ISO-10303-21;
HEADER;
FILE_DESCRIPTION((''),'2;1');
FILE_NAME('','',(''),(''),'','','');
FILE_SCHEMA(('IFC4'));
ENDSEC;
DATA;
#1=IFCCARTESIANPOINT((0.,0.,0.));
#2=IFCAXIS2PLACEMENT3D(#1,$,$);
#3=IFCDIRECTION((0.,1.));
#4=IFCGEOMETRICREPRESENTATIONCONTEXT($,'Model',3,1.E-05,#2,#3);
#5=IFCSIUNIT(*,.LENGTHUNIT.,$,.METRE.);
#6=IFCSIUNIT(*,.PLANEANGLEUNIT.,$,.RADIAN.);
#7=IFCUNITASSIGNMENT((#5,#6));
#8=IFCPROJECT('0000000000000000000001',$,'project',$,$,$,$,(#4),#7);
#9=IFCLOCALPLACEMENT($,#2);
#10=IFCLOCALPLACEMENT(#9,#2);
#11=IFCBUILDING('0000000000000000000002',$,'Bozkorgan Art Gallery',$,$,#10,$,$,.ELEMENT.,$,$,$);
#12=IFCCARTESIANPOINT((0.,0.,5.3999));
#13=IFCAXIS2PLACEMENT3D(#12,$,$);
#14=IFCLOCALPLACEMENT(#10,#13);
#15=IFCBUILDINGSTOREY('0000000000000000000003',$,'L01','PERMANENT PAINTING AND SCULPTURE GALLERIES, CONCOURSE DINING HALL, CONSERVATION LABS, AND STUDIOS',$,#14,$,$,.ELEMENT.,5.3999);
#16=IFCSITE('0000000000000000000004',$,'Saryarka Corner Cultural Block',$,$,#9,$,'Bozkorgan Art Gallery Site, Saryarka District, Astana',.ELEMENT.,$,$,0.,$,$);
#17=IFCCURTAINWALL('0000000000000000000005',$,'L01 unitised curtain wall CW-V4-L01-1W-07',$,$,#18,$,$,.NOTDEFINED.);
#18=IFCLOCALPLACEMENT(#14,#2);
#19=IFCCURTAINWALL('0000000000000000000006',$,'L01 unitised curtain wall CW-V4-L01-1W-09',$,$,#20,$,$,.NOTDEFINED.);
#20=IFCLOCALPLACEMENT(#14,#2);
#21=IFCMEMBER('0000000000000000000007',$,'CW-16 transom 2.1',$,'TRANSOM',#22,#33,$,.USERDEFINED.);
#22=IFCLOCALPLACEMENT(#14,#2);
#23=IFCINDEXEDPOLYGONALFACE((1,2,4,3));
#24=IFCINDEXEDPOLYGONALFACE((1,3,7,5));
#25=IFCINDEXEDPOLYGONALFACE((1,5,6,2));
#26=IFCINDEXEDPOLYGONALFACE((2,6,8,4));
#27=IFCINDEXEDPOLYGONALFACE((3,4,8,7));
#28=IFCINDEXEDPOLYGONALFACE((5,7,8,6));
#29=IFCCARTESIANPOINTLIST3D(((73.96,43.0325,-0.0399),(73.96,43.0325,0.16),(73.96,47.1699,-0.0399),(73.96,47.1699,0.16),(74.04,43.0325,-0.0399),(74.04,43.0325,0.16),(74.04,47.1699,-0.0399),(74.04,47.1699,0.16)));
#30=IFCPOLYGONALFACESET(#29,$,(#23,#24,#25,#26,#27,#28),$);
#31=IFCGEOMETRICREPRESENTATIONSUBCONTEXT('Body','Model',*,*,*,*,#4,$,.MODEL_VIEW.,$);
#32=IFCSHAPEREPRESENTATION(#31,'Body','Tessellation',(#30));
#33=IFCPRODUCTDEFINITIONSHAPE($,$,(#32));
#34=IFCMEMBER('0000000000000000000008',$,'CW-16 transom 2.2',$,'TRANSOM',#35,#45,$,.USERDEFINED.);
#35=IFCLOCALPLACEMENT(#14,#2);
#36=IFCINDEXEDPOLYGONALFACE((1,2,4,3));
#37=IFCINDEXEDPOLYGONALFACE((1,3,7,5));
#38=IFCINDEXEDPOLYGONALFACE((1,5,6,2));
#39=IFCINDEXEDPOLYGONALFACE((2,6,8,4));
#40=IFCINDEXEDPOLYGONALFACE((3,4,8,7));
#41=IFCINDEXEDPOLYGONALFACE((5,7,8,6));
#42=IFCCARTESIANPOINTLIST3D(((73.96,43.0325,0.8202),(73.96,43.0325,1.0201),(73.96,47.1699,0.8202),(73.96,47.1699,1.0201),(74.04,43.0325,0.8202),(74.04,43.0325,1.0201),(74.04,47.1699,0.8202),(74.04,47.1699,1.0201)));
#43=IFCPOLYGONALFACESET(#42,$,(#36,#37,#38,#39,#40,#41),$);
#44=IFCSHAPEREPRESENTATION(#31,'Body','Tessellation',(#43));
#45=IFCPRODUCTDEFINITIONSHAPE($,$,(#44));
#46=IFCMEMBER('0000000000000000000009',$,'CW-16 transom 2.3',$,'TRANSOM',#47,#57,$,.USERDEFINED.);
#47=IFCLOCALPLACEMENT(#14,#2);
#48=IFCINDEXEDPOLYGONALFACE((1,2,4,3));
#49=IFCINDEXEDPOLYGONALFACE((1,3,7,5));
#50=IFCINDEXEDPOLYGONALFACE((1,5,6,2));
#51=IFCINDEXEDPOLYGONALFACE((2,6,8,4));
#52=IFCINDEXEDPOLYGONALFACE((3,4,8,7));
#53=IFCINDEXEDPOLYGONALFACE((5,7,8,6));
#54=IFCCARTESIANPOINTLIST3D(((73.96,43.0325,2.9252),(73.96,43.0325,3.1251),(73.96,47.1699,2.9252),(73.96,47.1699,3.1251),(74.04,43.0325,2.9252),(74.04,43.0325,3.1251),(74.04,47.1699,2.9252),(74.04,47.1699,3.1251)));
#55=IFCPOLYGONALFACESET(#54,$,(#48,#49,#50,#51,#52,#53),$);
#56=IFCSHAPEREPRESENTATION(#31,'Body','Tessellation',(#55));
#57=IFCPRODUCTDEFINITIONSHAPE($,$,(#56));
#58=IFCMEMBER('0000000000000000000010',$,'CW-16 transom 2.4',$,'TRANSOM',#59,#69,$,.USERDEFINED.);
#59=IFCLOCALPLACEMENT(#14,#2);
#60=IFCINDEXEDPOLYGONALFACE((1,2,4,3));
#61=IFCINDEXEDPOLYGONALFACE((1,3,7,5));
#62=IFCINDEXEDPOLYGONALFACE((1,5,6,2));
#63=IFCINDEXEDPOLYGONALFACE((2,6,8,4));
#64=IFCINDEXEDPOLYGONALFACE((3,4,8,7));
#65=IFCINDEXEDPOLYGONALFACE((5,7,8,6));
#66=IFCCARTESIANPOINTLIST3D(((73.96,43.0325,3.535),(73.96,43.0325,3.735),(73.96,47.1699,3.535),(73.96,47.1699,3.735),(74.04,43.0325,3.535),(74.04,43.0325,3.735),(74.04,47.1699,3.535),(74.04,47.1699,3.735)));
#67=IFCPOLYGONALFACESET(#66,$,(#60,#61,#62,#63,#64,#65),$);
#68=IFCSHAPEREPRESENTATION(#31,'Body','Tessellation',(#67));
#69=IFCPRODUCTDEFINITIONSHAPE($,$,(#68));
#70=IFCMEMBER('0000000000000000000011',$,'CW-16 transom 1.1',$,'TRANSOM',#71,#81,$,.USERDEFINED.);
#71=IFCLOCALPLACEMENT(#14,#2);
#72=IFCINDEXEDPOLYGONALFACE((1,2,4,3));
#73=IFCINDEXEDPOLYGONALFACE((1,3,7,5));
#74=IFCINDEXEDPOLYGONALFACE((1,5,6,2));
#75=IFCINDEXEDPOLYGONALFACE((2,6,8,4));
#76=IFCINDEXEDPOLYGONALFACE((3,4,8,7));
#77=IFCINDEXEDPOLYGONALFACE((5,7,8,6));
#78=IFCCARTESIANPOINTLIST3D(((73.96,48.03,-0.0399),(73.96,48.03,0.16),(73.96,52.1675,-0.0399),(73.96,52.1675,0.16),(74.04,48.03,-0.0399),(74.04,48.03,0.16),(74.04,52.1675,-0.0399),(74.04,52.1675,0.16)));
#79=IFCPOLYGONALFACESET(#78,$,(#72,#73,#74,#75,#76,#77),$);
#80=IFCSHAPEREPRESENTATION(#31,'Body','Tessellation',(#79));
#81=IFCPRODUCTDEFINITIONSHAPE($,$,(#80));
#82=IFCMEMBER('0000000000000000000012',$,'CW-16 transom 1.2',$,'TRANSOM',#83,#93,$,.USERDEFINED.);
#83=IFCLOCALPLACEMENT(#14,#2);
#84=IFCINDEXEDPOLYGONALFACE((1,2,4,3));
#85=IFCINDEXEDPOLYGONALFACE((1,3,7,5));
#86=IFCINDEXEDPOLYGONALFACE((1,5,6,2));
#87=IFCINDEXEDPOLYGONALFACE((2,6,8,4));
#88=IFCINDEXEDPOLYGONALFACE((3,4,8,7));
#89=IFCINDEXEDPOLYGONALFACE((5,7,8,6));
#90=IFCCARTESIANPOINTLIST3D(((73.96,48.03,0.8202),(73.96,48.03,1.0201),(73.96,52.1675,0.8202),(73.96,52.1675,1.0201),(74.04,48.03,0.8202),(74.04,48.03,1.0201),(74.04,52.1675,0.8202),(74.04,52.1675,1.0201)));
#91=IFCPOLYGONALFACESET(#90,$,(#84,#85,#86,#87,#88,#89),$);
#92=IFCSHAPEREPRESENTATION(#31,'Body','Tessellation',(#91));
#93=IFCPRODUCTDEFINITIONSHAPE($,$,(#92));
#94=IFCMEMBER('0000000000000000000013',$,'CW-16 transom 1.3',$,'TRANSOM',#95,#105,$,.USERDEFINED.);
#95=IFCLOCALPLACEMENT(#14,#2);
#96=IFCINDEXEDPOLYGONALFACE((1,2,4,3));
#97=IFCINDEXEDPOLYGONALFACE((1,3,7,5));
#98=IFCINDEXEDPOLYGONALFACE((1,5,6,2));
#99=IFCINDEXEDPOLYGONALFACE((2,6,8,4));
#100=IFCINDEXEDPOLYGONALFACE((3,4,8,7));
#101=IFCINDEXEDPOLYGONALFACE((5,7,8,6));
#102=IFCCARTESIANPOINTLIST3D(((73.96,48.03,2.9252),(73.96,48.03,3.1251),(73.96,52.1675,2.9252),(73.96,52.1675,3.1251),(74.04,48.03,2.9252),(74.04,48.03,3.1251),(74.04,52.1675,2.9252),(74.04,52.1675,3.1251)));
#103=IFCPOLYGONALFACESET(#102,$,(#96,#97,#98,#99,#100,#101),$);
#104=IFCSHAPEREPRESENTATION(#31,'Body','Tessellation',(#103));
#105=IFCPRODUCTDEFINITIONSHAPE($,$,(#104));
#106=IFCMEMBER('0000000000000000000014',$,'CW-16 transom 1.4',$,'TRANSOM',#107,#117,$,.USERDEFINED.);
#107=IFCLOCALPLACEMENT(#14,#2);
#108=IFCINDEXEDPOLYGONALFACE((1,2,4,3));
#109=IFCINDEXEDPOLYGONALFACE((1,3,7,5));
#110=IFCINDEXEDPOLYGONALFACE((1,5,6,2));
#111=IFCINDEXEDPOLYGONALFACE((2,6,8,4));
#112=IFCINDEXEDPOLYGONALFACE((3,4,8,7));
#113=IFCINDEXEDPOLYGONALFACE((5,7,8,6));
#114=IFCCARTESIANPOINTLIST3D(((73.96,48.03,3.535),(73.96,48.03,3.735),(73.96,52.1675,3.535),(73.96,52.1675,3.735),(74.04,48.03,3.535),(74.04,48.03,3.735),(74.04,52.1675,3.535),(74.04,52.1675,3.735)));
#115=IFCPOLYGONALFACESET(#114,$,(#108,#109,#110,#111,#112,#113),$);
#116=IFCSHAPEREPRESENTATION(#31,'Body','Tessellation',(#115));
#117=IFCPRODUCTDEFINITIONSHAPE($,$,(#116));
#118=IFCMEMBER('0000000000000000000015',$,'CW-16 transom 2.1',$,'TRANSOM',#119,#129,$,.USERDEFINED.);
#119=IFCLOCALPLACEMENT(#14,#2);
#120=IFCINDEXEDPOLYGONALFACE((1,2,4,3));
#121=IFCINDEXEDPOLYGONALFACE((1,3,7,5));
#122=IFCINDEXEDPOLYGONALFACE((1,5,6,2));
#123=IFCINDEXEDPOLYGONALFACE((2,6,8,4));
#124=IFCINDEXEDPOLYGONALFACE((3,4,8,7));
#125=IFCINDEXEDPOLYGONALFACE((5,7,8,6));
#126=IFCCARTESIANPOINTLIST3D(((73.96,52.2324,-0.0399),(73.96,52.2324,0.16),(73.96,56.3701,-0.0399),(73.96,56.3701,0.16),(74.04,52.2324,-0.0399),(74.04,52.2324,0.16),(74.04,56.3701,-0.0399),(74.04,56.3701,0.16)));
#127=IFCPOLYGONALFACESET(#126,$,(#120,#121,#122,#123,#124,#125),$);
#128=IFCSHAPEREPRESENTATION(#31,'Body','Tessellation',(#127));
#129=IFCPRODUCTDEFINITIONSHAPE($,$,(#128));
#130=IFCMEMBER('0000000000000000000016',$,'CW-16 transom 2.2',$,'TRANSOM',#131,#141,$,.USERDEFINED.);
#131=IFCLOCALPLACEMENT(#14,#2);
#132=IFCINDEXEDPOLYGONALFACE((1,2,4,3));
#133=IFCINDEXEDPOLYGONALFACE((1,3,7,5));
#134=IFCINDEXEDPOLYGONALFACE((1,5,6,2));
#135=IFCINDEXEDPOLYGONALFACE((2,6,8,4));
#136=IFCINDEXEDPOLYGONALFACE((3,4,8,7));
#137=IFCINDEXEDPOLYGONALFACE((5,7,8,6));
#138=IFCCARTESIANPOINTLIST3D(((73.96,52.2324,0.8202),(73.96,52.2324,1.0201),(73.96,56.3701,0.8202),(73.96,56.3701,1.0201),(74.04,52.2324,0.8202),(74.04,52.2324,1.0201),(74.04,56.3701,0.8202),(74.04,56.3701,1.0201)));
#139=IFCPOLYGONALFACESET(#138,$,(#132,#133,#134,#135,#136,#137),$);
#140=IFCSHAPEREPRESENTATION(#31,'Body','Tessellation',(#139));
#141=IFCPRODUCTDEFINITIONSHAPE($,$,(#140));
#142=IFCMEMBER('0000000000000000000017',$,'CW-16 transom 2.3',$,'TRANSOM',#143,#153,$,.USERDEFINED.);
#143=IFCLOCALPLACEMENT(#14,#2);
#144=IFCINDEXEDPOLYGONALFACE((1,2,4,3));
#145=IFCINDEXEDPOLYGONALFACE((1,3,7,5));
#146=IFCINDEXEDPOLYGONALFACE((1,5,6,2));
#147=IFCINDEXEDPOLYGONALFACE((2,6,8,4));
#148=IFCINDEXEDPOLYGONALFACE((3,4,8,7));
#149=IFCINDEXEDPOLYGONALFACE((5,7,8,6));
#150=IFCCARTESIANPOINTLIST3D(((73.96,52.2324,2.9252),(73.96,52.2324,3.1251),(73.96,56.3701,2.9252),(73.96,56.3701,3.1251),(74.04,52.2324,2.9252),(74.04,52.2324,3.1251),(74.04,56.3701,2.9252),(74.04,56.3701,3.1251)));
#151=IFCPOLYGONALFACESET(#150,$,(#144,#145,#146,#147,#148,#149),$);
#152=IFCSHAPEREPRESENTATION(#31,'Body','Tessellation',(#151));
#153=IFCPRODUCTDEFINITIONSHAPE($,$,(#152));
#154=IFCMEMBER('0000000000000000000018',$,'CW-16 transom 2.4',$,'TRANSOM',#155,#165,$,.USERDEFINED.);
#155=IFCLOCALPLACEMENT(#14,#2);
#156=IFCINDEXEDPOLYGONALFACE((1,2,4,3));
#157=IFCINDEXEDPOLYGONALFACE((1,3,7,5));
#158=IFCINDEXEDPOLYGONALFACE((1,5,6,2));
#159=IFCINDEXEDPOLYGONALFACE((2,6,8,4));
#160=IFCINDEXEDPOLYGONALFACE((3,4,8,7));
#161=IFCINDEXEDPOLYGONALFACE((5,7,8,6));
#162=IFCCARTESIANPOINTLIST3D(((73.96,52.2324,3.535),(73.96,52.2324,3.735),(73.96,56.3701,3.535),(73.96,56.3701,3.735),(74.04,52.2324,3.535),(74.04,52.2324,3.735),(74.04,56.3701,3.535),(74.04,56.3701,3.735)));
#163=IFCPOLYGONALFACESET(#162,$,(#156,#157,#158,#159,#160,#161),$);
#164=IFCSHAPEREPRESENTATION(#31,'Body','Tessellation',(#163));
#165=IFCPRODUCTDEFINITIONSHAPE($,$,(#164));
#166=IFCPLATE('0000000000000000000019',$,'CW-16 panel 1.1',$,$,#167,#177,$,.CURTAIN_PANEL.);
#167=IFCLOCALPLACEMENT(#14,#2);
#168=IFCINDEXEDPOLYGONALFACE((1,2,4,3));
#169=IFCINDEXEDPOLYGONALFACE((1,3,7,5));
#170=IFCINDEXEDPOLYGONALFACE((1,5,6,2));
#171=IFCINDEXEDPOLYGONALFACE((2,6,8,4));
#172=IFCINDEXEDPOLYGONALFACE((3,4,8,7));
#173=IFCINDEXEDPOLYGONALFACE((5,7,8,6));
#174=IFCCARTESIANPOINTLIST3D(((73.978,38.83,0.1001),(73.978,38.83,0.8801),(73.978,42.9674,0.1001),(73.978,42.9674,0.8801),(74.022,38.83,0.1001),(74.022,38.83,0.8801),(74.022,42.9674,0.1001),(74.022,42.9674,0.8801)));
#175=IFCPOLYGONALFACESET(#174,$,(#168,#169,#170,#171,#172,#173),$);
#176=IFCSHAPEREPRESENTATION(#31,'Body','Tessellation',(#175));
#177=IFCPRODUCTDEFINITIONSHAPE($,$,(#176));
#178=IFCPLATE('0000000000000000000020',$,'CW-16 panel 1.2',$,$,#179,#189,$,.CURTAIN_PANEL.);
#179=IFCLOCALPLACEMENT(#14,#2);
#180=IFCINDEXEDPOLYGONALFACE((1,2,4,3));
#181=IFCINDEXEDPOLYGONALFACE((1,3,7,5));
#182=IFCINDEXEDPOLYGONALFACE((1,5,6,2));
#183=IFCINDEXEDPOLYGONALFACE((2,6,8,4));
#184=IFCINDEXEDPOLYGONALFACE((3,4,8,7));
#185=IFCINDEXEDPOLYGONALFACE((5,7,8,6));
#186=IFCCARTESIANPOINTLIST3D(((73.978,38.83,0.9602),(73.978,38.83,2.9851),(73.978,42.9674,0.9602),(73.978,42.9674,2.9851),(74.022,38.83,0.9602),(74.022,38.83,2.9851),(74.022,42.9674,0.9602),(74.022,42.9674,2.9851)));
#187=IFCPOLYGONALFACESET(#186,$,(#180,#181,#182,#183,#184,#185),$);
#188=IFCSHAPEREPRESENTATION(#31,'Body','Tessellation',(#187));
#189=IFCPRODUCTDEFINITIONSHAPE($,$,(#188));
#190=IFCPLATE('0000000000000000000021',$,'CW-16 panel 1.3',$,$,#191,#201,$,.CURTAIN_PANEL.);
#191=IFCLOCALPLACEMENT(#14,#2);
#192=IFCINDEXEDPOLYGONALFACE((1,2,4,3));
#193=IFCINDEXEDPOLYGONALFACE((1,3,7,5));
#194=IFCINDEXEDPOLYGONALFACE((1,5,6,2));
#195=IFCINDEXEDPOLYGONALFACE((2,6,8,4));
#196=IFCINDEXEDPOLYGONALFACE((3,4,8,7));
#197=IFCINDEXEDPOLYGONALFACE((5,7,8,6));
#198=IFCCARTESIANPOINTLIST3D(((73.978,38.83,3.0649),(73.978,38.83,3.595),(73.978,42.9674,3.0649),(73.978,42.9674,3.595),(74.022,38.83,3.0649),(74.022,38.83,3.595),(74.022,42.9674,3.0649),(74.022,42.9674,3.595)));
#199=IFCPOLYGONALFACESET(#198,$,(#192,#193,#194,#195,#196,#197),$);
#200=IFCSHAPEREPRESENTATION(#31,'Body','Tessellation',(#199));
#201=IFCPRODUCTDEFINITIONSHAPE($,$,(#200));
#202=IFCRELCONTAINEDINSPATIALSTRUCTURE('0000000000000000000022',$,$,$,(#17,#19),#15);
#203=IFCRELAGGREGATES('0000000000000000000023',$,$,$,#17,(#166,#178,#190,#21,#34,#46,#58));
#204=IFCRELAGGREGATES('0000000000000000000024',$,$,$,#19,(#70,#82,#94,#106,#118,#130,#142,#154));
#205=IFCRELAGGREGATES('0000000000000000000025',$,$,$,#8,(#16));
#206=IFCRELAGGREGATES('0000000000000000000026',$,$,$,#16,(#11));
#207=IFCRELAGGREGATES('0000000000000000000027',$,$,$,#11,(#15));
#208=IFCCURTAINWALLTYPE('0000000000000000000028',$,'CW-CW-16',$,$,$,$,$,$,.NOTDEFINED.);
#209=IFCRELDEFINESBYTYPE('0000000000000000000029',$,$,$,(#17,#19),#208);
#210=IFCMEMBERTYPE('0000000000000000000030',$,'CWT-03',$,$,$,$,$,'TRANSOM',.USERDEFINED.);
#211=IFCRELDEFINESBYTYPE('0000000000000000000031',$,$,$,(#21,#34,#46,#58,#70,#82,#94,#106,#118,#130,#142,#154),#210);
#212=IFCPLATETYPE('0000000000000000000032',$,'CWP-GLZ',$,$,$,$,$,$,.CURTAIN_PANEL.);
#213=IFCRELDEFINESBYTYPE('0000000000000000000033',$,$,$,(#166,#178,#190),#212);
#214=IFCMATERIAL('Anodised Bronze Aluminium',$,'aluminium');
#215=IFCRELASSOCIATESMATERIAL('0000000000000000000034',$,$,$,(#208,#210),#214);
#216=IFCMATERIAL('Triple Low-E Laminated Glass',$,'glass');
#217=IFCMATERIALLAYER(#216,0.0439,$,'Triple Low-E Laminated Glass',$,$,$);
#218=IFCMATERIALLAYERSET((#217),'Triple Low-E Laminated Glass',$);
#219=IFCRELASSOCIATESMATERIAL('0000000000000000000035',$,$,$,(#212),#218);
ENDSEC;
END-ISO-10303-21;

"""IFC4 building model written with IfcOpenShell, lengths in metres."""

from ifc_helpers import new_model, si_unit, direction, frame, origin, origin_2d, place, context, subcontext, project, spatial, rectangle, extrude, material, layer, layer_set, material_profile, profile_set, type_object, element, aggregate, save


model = new_model("IFC4")

# Units and contexts
model_context = context("Model", 3, precision=1e-05, world=origin(), true_north=direction((0.0, 1.0)))
body_context = subcontext(model_context, "Body", "Model", "MODEL_VIEW")
ifc_project = project(units=[si_unit("LENGTHUNIT", "METRE"), si_unit("PLANEANGLEUNIT", "RADIAN")], contexts=[model_context])

# Site, building, storey
site_placement = place(None, origin())
site = spatial("IfcSite", under=ifc_project, at=site_placement, Name="Saryarka Corner Cultural Block", LongName="Bozkorgan Art Gallery Site, Saryarka District, Astana", CompositionType="ELEMENT", RefElevation=0.0)
building_placement = place(site_placement, origin())
building = spatial("IfcBuilding", under=site, at=building_placement, Name="Bozkorgan Art Gallery", CompositionType="ELEMENT")
storey_placement = place(building_placement, frame((0.0, 0.0, 5.3999)))
storey = spatial("IfcBuildingStorey", under=building, at=storey_placement, Name="L01", Description="PERMANENT PAINTING AND SCULPTURE GALLERIES, CONCOURSE DINING HALL, CONSERVATION LABS, AND STUDIOS", CompositionType="ELEMENT", Elevation=5.3999)

# Curtain walls
ifc_material_1 = material(Name="Anodised Bronze Aluminium", Category="aluminium")
curtain_wall_type = type_object("IfcCurtainWallType", Name="CW-CW-16", PredefinedType="NOTDEFINED", material=ifc_material_1)
curtain_wall_1_placement = place(storey_placement, origin())
curtain_wall_1 = element("IfcCurtainWall", 1, at=curtain_wall_1_placement, inside=storey, type_object=curtain_wall_type, Name="L01 unitised curtain wall CW-V4-L01-1W-07", PredefinedType="NOTDEFINED")
curtain_wall_2_placement = place(storey_placement, origin())
curtain_wall_2 = element("IfcCurtainWall", 2, at=curtain_wall_2_placement, inside=storey, type_object=curtain_wall_type, Name="L01 unitised curtain wall CW-V4-L01-1W-09", PredefinedType="NOTDEFINED")

# Members
ifc_material_profile_1 = material_profile(ifc_material_1, rectangle(XDim=0.0801, YDim=0.2, at=origin_2d()), Name="ALU TRANSOM 80x200")
ifc_profile_set_1 = profile_set([ifc_material_profile_1], Name="Anodised Bronze Aluminium")
member_type_1 = type_object("IfcMemberType", Name="CWT-03", ElementType="TRANSOM", PredefinedType="USERDEFINED", material=ifc_profile_set_1)
member_1_placement = place(storey_placement, frame((74.0, 43.0325, 0.0601), z_axis=(0.0, 1.0, 0.0), x_axis=(-1.0, 0.0, 0.0)))
member_1 = element("IfcMember", 3, at=member_1_placement, type_object=member_type_1, Name="CW-16 transom 2.1", ObjectType="TRANSOM", PredefinedType="USERDEFINED", context=body_context, shape_type="SweptSolid", body=[
    extrude(rectangle(XDim=0.0801, YDim=0.2, at=origin_2d()), origin(), (0.0, 0.0, 1.0), 4.1375),
])
member_2_placement = place(storey_placement, frame((74.0, 43.0325, 0.9202), z_axis=(0.0, 1.0, 0.0), x_axis=(-1.0, 0.0, 0.0)))
member_2 = element("IfcMember", 4, at=member_2_placement, type_object=member_type_1, Name="CW-16 transom 2.2", ObjectType="TRANSOM", PredefinedType="USERDEFINED", context=body_context, shape_type="SweptSolid", body=[
    extrude(rectangle(XDim=0.0801, YDim=0.2, at=origin_2d()), origin(), (0.0, 0.0, 1.0), 4.1375),
])
member_3_placement = place(storey_placement, frame((74.0, 43.0325, 3.0251), z_axis=(0.0, 1.0, 0.0), x_axis=(-1.0, 0.0, 0.0)))
member_3 = element("IfcMember", 5, at=member_3_placement, type_object=member_type_1, Name="CW-16 transom 2.3", ObjectType="TRANSOM", PredefinedType="USERDEFINED", context=body_context, shape_type="SweptSolid", body=[
    extrude(rectangle(XDim=0.0801, YDim=0.2, at=origin_2d()), origin(), (0.0, 0.0, 1.0), 4.1375),
])
member_4_placement = place(storey_placement, frame((74.0, 43.0325, 3.635), z_axis=(0.0, 1.0, 0.0), x_axis=(-1.0, 0.0, 0.0)))
member_4 = element("IfcMember", 6, at=member_4_placement, type_object=member_type_1, Name="CW-16 transom 2.4", ObjectType="TRANSOM", PredefinedType="USERDEFINED", context=body_context, shape_type="SweptSolid", body=[
    extrude(rectangle(XDim=0.0801, YDim=0.2, at=origin_2d()), origin(), (0.0, 0.0, 1.0), 4.1375),
])
member_5_placement = place(storey_placement, frame((74.0, 48.03, 0.0601), z_axis=(0.0, 1.0, 0.0), x_axis=(-1.0, 0.0, 0.0)))
member_5 = element("IfcMember", 7, at=member_5_placement, type_object=member_type_1, Name="CW-16 transom 1.1", ObjectType="TRANSOM", PredefinedType="USERDEFINED", context=body_context, shape_type="SweptSolid", body=[
    extrude(rectangle(XDim=0.0801, YDim=0.2, at=origin_2d()), origin(), (0.0, 0.0, 1.0), 4.1375),
])
member_6_placement = place(storey_placement, frame((74.0, 48.03, 0.9202), z_axis=(0.0, 1.0, 0.0), x_axis=(-1.0, 0.0, 0.0)))
member_6 = element("IfcMember", 8, at=member_6_placement, type_object=member_type_1, Name="CW-16 transom 1.2", ObjectType="TRANSOM", PredefinedType="USERDEFINED", context=body_context, shape_type="SweptSolid", body=[
    extrude(rectangle(XDim=0.0801, YDim=0.2, at=origin_2d()), origin(), (0.0, 0.0, 1.0), 4.1375),
])
member_7_placement = place(storey_placement, frame((74.0, 48.03, 3.0251), z_axis=(0.0, 1.0, 0.0), x_axis=(-1.0, 0.0, 0.0)))
member_7 = element("IfcMember", 9, at=member_7_placement, type_object=member_type_1, Name="CW-16 transom 1.3", ObjectType="TRANSOM", PredefinedType="USERDEFINED", context=body_context, shape_type="SweptSolid", body=[
    extrude(rectangle(XDim=0.0801, YDim=0.2, at=origin_2d()), origin(), (0.0, 0.0, 1.0), 4.1375),
])
member_8_placement = place(storey_placement, frame((74.0, 48.03, 3.635), z_axis=(0.0, 1.0, 0.0), x_axis=(-1.0, 0.0, 0.0)))
member_8 = element("IfcMember", 10, at=member_8_placement, type_object=member_type_1, Name="CW-16 transom 1.4", ObjectType="TRANSOM", PredefinedType="USERDEFINED", context=body_context, shape_type="SweptSolid", body=[
    extrude(rectangle(XDim=0.0801, YDim=0.2, at=origin_2d()), origin(), (0.0, 0.0, 1.0), 4.1375),
])
member_9_placement = place(storey_placement, frame((74.0, 52.2324, 0.0601), z_axis=(0.0, 1.0, 0.0), x_axis=(-1.0, 0.0, 0.0)))
member_9 = element("IfcMember", 11, at=member_9_placement, type_object=member_type_1, Name="CW-16 transom 2.1", ObjectType="TRANSOM", PredefinedType="USERDEFINED", context=body_context, shape_type="SweptSolid", body=[
    extrude(rectangle(XDim=0.0801, YDim=0.2, at=origin_2d()), origin(), (0.0, 0.0, 1.0), 4.1377),
])
member_10_placement = place(storey_placement, frame((74.0, 52.2324, 0.9202), z_axis=(0.0, 1.0, 0.0), x_axis=(-1.0, 0.0, 0.0)))
member_10 = element("IfcMember", 12, at=member_10_placement, type_object=member_type_1, Name="CW-16 transom 2.2", ObjectType="TRANSOM", PredefinedType="USERDEFINED", context=body_context, shape_type="SweptSolid", body=[
    extrude(rectangle(XDim=0.0801, YDim=0.2, at=origin_2d()), origin(), (0.0, 0.0, 1.0), 4.1377),
])
member_11_placement = place(storey_placement, frame((74.0, 52.2324, 3.0251), z_axis=(0.0, 1.0, 0.0), x_axis=(-1.0, 0.0, 0.0)))
member_11 = element("IfcMember", 13, at=member_11_placement, type_object=member_type_1, Name="CW-16 transom 2.3", ObjectType="TRANSOM", PredefinedType="USERDEFINED", context=body_context, shape_type="SweptSolid", body=[
    extrude(rectangle(XDim=0.0801, YDim=0.2, at=origin_2d()), origin(), (0.0, 0.0, 1.0), 4.1377),
])
member_12_placement = place(storey_placement, frame((74.0, 52.2324, 3.635), z_axis=(0.0, 1.0, 0.0), x_axis=(-1.0, 0.0, 0.0)))
member_12 = element("IfcMember", 14, at=member_12_placement, type_object=member_type_1, Name="CW-16 transom 2.4", ObjectType="TRANSOM", PredefinedType="USERDEFINED", context=body_context, shape_type="SweptSolid", body=[
    extrude(rectangle(XDim=0.0801, YDim=0.2, at=origin_2d()), origin(), (0.0, 0.0, 1.0), 4.1377),
])

# Plates
ifc_material_2 = material(Name="Triple Low-E Laminated Glass", Category="glass")
ifc_layer_1 = layer(ifc_material_2, 0.0439, Name="Triple Low-E Laminated Glass")
ifc_layer_set_1 = layer_set([ifc_layer_1], Name="Triple Low-E Laminated Glass")
plate_type = type_object("IfcPlateType", Name="CWP-GLZ", PredefinedType="CURTAIN_PANEL", material=ifc_layer_set_1)
plate_1_placement = place(storey_placement, frame((74.0, 40.8987, 0.1001), z_axis=(0.0, 0.0, 1.0), x_axis=(0.0, 1.0, 0.0)))
plate_1 = element("IfcPlate", 15, at=plate_1_placement, type_object=plate_type, Name="CW-16 panel 1.1", PredefinedType="CURTAIN_PANEL", context=body_context, shape_type="SweptSolid", body=[
    extrude(rectangle(XDim=4.1375, YDim=0.0439, at=origin_2d()), origin(), (0.0, 0.0, 1.0), 0.78),
])
plate_2_placement = place(storey_placement, frame((74.0, 40.8987, 0.9602), z_axis=(0.0, 0.0, 1.0), x_axis=(0.0, 1.0, 0.0)))
plate_2 = element("IfcPlate", 16, at=plate_2_placement, type_object=plate_type, Name="CW-16 panel 1.2", PredefinedType="CURTAIN_PANEL", context=body_context, shape_type="SweptSolid", body=[
    extrude(rectangle(XDim=4.1375, YDim=0.0439, at=origin_2d()), origin(), (0.0, 0.0, 1.0), 2.0249),
])
plate_3_placement = place(storey_placement, frame((74.0, 40.8987, 3.0649), z_axis=(0.0, 0.0, 1.0), x_axis=(0.0, 1.0, 0.0)))
plate_3 = element("IfcPlate", 17, at=plate_3_placement, type_object=plate_type, Name="CW-16 panel 1.3", PredefinedType="CURTAIN_PANEL", context=body_context, shape_type="SweptSolid", body=[
    extrude(rectangle(XDim=4.1375, YDim=0.0439, at=origin_2d()), origin(), (0.0, 0.0, 1.0), 0.53),
])
aggregate(curtain_wall_1, [plate_1, plate_2, plate_3, member_1, member_2, member_3, member_4])
aggregate(curtain_wall_2, [member_5, member_6, member_7, member_8, member_9, member_10, member_11, member_12])

save(model, "model.ifc")
